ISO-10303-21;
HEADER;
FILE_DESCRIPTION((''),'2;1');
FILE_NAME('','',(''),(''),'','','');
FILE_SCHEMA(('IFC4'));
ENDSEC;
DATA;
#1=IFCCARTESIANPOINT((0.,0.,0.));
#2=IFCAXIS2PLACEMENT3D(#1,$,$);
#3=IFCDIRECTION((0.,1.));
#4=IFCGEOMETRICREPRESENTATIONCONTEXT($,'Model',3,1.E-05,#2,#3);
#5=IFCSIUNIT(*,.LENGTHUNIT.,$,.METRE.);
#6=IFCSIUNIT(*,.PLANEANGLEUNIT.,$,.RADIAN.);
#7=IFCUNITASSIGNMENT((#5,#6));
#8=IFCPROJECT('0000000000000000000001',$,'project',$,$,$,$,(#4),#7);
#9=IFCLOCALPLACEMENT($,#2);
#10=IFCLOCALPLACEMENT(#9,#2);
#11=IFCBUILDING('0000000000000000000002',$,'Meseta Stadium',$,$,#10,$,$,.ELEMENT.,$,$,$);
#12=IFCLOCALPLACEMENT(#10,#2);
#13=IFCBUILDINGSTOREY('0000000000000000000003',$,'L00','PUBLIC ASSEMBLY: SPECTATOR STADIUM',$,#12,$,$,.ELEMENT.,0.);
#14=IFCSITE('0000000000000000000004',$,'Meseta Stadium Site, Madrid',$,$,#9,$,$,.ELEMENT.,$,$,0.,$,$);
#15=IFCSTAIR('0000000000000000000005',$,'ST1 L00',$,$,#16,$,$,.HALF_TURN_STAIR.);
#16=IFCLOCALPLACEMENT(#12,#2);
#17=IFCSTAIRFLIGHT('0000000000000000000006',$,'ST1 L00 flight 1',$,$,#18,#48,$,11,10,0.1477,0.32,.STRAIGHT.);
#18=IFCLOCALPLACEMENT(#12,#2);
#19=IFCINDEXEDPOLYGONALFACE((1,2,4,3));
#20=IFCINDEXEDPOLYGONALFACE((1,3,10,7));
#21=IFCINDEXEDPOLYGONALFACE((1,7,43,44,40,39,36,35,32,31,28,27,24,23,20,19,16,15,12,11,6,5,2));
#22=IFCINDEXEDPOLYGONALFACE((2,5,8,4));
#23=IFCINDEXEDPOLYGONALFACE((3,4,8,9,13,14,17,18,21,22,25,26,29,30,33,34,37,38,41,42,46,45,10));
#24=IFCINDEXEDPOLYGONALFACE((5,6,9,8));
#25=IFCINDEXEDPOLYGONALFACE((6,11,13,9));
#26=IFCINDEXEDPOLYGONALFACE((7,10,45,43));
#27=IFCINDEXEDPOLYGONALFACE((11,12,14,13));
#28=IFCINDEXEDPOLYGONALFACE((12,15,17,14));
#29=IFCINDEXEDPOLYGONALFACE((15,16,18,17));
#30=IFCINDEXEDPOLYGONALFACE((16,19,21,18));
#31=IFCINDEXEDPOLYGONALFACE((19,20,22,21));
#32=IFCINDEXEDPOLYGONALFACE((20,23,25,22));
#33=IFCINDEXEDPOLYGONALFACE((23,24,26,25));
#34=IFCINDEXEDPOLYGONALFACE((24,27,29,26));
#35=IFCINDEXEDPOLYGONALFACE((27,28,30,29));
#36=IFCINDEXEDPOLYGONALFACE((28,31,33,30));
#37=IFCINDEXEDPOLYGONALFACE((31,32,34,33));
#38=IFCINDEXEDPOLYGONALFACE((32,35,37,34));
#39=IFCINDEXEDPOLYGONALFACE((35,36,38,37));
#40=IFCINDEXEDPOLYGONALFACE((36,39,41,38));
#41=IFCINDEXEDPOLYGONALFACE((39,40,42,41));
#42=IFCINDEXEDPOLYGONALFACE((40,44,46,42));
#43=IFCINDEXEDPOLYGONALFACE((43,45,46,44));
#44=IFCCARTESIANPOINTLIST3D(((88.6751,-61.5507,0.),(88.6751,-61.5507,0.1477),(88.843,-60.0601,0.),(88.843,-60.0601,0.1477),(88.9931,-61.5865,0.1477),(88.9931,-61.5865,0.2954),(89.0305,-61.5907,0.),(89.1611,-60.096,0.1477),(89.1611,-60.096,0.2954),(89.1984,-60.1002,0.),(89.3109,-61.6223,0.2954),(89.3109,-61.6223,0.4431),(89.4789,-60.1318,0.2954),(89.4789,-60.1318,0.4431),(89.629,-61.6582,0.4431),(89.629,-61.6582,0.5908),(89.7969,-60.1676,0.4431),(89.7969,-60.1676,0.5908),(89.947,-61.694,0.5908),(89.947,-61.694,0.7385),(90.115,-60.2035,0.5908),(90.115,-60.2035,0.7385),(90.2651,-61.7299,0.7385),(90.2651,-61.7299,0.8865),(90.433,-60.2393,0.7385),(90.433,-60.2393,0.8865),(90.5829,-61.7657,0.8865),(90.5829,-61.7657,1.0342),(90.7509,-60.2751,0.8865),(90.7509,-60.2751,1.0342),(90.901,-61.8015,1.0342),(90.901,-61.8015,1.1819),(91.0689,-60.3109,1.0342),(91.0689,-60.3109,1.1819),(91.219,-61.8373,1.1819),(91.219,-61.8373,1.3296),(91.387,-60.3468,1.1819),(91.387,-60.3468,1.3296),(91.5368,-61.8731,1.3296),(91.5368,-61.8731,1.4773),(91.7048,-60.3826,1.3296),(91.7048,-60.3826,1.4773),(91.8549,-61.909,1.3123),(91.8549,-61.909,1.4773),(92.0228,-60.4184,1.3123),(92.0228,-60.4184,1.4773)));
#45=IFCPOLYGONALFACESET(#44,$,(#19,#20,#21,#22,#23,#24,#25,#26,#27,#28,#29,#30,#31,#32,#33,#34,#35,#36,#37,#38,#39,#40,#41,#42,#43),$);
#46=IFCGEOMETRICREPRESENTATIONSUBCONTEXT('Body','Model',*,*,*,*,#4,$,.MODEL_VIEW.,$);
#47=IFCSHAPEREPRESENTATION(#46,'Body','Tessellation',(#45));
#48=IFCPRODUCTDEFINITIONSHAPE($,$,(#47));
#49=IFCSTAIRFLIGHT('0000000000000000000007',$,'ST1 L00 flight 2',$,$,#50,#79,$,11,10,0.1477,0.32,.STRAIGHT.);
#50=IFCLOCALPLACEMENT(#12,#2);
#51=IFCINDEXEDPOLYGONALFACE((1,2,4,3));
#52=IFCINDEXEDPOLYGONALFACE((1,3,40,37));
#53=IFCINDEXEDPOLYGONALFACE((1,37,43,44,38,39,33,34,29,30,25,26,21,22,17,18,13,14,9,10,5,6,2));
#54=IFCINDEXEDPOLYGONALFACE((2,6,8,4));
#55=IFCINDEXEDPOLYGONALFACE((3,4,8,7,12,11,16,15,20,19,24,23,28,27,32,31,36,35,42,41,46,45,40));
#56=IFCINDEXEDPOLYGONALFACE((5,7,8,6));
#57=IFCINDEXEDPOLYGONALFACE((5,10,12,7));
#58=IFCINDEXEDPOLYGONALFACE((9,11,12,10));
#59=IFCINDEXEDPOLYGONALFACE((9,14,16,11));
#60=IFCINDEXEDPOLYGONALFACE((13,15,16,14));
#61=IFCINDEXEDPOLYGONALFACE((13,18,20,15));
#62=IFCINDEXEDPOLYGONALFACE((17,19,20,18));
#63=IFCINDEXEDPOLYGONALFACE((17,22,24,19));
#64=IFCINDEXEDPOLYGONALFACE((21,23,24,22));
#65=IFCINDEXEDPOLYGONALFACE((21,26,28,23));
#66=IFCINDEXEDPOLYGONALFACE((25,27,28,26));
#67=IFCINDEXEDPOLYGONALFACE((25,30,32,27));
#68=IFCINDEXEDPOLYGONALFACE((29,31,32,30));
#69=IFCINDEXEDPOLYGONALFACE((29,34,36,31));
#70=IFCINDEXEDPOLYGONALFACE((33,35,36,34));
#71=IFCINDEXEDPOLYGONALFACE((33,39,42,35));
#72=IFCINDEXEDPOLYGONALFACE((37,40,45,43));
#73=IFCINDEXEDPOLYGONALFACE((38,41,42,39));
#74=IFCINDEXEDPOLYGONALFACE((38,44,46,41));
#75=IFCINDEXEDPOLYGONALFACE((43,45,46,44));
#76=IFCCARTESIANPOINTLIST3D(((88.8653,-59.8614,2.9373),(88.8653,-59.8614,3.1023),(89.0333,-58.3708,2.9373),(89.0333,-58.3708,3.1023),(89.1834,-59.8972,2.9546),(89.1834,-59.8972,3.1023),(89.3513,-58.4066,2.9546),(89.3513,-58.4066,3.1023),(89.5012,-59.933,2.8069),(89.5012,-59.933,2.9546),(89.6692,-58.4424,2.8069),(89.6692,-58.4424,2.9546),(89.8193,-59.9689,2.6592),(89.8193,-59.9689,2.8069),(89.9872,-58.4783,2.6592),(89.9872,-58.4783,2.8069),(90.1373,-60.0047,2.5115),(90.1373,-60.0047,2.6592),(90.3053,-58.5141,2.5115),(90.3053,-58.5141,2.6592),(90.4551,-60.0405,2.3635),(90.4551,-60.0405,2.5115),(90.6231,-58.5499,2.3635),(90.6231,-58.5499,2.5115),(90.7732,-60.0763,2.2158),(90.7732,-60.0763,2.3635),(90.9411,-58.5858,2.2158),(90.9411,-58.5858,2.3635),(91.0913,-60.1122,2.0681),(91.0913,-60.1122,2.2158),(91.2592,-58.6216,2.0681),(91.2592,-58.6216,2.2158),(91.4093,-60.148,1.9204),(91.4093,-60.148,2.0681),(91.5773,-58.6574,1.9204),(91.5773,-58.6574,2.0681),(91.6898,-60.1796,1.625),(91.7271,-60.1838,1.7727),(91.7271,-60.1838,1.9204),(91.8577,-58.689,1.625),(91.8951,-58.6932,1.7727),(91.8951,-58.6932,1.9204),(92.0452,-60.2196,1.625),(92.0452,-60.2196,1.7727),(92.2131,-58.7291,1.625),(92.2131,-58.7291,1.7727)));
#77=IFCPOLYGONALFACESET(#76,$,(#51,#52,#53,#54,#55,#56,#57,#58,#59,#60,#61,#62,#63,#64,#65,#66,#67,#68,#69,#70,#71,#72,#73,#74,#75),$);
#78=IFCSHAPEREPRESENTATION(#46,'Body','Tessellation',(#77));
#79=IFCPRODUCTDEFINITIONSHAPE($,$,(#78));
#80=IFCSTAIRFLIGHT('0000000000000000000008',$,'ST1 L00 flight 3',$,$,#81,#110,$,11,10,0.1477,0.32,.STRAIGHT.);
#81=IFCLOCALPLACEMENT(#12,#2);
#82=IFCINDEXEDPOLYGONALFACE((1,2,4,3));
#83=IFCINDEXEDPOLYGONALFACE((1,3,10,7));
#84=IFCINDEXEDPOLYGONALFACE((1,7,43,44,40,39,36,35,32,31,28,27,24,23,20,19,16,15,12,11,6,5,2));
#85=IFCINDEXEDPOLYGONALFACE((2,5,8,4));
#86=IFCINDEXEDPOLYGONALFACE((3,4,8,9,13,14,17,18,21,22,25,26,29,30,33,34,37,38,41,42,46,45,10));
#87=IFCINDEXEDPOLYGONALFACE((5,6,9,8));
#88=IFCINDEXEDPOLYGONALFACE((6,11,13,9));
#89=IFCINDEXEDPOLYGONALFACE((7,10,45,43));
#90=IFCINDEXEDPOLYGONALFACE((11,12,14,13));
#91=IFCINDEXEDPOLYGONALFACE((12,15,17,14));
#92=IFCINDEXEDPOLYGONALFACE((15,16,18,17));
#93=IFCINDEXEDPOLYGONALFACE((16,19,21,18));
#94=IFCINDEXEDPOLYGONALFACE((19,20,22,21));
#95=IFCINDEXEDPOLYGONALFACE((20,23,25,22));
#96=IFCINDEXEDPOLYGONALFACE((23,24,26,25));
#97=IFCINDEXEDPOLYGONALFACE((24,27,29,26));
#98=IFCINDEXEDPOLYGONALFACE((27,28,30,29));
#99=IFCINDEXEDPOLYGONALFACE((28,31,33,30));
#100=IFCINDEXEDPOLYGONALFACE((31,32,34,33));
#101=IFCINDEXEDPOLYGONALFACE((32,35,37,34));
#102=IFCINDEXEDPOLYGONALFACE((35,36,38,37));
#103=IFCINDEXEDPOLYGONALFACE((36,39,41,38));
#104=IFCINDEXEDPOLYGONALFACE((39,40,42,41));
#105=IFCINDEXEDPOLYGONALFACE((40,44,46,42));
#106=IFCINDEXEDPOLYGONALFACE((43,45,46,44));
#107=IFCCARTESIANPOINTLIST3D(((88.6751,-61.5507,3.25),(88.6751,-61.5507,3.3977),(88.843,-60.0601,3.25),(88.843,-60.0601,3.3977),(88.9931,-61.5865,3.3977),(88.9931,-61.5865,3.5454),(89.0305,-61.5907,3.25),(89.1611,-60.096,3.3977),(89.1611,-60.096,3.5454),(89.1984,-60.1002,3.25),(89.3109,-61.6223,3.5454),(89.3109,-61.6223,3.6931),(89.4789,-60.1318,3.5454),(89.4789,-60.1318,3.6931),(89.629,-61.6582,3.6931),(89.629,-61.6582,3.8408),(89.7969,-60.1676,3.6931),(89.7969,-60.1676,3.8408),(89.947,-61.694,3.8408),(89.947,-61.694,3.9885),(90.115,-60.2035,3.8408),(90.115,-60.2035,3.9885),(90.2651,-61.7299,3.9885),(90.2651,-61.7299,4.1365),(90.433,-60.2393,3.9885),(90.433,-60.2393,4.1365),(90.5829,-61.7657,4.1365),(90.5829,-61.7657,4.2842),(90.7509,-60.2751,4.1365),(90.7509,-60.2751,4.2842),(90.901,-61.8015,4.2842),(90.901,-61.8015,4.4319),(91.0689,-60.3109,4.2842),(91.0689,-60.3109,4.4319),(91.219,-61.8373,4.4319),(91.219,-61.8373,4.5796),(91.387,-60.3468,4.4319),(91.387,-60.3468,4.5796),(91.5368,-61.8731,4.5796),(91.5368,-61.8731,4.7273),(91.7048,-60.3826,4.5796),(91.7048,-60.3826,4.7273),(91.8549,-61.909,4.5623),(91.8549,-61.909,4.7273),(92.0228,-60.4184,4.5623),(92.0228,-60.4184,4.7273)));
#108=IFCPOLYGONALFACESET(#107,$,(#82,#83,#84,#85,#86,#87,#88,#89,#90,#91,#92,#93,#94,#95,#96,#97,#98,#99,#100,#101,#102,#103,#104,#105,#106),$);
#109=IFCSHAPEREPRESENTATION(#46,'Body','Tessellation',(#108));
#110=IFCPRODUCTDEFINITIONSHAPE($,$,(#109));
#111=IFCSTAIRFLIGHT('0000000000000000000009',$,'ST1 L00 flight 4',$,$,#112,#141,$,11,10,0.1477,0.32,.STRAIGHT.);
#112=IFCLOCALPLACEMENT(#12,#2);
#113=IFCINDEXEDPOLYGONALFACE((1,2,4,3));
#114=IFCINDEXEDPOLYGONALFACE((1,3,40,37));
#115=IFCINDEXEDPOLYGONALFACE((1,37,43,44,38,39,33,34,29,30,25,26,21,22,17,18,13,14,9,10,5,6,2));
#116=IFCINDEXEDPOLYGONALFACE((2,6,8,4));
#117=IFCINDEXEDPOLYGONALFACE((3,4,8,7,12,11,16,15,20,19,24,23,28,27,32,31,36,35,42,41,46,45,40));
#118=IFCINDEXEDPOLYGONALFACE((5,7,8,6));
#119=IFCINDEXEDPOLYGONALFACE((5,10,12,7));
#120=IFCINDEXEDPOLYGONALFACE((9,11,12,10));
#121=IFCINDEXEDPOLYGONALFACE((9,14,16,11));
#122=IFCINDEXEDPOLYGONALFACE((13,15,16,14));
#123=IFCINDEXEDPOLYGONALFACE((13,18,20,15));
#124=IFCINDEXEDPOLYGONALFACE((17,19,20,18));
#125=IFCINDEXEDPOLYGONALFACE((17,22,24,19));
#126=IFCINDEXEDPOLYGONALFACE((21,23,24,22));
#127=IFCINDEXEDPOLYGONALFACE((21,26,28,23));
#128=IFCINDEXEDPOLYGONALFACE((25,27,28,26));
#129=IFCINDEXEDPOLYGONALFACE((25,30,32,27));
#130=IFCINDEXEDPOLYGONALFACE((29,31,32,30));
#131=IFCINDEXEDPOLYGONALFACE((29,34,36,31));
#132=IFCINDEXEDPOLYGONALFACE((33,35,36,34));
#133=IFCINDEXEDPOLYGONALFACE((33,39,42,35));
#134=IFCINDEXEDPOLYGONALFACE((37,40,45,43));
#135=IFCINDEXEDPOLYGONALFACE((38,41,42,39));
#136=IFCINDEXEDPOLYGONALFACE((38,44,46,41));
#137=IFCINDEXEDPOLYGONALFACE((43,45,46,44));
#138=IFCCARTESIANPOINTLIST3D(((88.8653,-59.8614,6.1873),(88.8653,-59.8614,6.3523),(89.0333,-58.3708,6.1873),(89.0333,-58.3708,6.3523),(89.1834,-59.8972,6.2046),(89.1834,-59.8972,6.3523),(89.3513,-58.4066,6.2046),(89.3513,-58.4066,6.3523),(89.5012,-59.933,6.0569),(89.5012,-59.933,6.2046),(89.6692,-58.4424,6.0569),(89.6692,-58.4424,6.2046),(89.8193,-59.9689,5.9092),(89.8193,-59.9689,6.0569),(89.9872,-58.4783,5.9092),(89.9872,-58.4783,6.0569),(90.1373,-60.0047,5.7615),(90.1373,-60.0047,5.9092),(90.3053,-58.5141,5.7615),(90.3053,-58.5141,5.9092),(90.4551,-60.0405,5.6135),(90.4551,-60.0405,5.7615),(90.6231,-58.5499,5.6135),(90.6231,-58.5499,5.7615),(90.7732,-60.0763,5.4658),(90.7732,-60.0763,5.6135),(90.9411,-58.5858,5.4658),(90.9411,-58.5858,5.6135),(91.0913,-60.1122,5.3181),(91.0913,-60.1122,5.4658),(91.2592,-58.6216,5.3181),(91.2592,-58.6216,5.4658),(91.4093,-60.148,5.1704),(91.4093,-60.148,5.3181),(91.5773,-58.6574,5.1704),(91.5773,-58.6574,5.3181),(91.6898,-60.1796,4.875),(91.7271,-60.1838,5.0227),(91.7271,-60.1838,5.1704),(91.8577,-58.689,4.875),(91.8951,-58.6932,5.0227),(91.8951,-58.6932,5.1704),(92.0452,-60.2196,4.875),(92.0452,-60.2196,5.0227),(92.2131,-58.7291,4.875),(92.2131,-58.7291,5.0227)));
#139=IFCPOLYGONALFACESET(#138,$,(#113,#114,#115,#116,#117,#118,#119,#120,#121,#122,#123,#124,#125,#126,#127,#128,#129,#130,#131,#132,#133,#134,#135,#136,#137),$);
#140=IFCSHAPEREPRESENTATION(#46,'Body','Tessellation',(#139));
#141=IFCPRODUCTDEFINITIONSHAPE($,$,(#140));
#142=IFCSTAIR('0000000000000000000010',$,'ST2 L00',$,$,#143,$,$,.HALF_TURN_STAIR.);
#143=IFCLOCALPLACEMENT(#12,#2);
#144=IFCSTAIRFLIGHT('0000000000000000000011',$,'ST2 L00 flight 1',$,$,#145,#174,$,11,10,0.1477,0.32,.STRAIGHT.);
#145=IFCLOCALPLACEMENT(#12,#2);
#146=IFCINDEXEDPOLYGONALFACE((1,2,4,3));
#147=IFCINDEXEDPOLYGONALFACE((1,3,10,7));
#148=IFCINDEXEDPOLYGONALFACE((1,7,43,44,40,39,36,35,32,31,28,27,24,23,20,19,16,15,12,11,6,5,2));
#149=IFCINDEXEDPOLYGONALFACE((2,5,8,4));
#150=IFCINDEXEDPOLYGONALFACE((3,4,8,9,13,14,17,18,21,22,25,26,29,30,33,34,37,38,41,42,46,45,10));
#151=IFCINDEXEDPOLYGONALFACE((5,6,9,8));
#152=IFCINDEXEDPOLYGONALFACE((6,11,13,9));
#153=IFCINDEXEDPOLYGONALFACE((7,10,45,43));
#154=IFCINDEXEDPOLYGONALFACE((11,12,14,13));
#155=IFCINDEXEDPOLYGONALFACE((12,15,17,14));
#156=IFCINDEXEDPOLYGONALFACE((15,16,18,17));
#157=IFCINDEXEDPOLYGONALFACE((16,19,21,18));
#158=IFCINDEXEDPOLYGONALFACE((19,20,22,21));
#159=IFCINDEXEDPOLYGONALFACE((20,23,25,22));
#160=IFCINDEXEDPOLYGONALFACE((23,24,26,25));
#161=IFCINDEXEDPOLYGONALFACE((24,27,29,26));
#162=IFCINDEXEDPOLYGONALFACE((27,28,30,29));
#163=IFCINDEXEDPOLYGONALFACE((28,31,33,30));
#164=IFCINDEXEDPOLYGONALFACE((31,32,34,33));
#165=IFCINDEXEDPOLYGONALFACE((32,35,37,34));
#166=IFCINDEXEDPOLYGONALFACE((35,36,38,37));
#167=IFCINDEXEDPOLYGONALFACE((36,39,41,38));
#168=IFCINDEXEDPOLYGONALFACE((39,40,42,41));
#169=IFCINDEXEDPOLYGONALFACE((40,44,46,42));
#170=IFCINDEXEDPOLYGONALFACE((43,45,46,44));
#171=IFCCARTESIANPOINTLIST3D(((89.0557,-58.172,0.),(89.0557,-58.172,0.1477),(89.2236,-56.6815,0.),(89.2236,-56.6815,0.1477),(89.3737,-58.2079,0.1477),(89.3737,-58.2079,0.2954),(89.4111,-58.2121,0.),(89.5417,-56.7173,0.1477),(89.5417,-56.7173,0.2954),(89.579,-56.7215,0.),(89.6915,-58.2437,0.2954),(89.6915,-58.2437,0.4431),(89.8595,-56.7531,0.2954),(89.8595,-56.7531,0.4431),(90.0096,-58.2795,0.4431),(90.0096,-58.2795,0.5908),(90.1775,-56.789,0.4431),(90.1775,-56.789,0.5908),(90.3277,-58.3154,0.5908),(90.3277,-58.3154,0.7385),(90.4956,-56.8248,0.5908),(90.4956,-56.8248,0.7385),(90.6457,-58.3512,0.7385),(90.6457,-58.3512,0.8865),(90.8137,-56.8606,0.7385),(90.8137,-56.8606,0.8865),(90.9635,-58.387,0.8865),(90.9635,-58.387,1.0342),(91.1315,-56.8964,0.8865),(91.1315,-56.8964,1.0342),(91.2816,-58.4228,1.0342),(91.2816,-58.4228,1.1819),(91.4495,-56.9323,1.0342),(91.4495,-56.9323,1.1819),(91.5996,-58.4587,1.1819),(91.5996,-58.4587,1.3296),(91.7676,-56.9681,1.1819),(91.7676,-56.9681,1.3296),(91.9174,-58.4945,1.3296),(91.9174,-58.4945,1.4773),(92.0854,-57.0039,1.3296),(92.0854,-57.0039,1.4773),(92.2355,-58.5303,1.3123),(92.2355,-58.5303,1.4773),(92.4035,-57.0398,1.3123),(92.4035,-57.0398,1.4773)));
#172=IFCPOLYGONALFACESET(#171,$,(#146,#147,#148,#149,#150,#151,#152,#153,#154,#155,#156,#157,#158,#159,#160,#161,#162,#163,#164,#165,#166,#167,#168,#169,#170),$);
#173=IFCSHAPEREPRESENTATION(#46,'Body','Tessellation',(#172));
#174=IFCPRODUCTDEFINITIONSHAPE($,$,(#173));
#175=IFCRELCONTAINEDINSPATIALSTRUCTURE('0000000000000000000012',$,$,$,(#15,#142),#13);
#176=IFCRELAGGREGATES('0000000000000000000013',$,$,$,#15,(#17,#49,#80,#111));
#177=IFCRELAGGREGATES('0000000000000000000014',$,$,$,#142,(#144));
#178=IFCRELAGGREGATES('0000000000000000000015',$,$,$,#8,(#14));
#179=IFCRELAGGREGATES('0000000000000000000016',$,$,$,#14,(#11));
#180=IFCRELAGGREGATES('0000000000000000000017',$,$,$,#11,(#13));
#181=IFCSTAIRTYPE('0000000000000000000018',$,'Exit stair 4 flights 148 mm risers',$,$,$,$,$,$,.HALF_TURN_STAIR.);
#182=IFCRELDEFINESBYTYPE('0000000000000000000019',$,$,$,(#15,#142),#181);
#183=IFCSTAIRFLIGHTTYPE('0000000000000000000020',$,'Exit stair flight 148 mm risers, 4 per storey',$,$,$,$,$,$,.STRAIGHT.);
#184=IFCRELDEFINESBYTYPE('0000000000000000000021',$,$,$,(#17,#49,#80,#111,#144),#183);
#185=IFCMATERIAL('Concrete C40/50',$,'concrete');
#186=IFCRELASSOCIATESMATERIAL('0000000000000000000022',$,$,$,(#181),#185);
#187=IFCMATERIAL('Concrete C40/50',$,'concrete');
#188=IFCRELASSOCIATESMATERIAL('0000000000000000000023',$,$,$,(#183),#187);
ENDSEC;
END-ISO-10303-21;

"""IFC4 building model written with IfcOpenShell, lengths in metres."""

from ifc_helpers import new_model, si_unit, direction, frame, origin, place, context, subcontext, project, spatial, polyline, outline, extrude, material, type_object, element, aggregate, save


model = new_model("IFC4")

# Units and contexts
model_context = context("Model", 3, precision=1e-05, world=origin(), true_north=direction((0.0, 1.0)))
body_context = subcontext(model_context, "Body", "Model", "MODEL_VIEW")
ifc_project = project(units=[si_unit("LENGTHUNIT", "METRE"), si_unit("PLANEANGLEUNIT", "RADIAN")], contexts=[model_context])

# Site, building, storey
site_placement = place(None, origin())
site = spatial("IfcSite", under=ifc_project, at=site_placement, Name="Meseta Stadium Site, Madrid", CompositionType="ELEMENT", RefElevation=0.0)
building_placement = place(site_placement, origin())
building = spatial("IfcBuilding", under=site, at=building_placement, Name="Meseta Stadium", CompositionType="ELEMENT")
storey_placement = place(building_placement, origin())
storey = spatial("IfcBuildingStorey", under=building, at=storey_placement, Name="L00", Description="PUBLIC ASSEMBLY: SPECTATOR STADIUM", CompositionType="ELEMENT", Elevation=0.0)

# Stairs, stair flights
ifc_material_1 = material(Name="Concrete C40/50", Category="concrete")
stair_type = type_object("IfcStairType", Name="Exit stair 4 flights 148 mm risers", PredefinedType="HALF_TURN_STAIR", material=ifc_material_1)
stair_1_placement = place(storey_placement, origin())
stair_1 = element("IfcStair", 1, at=stair_1_placement, inside=storey, type_object=stair_type, Name="ST1 L00", PredefinedType="HALF_TURN_STAIR")
ifc_material_2 = material(Name="Concrete C40/50", Category="concrete")
stair_flight_type = type_object("IfcStairFlightType", Name="Exit stair flight 148 mm risers, 4 per storey", PredefinedType="STRAIGHT", material=ifc_material_2)
stair_flight_1_placement = place(storey_placement, frame((88.759, -60.8054, 0.0), z_axis=(0.0, 0.0, 1.0), x_axis=(0.993712, -0.111964, 0.0)))
stair_flight_1 = element("IfcStairFlight", 2, at=stair_flight_1_placement, type_object=stair_flight_type, Name="ST1 L00 flight 1", NumberOfRisers=11, NumberOfTreads=10, PredefinedType="STRAIGHT", RiserHeight=0.1477, TreadLength=0.32, context=body_context, shape_type="SweptSolid", body=[
    extrude(outline(polyline([(0.0, 0.0), (0.0, 0.1477), (0.3201, 0.1477), (0.3201, 0.2954), (0.6399, 0.2954), (0.6399, 0.4431), (0.96, 0.4431), (0.96, 0.5908), (1.28, 0.5908), (1.28, 0.7385), (1.6001, 0.7385), (1.6001, 0.8865), (1.9199, 0.8865), (1.9199, 1.0342), (2.24, 1.0342), (2.24, 1.1819), (2.5601, 1.1819), (2.5601, 1.3296), (2.8799, 1.3296), (2.8799, 1.4773), (3.2, 1.4773), (3.2, 1.3123), (0.3577, 0.0), (0.0, 0.0)])), frame((0.0, 0.75, 0.0), z_axis=(0.0, -1.0, 0.0), x_axis=(1.0, 0.0, 0.0)), (0.0, 0.0, 1.0), 1.5),
])
stair_flight_2_placement = place(storey_placement, frame((92.1292, -59.4744, 1.625), z_axis=(0.0, 0.0, 1.0), x_axis=(-0.993712, 0.111964, 0.0)))
stair_flight_2 = element("IfcStairFlight", 3, at=stair_flight_2_placement, type_object=stair_flight_type, Name="ST1 L00 flight 2", NumberOfRisers=11, NumberOfTreads=10, PredefinedType="STRAIGHT", RiserHeight=0.1477, TreadLength=0.32, context=body_context, shape_type="SweptSolid", body=[
    extrude(outline(polyline([(0.0, 0.0), (0.0, 0.1477), (0.3201, 0.1477), (0.3201, 0.2954), (0.6399, 0.2954), (0.6399, 0.4431), (0.96, 0.4431), (0.96, 0.5908), (1.28, 0.5908), (1.28, 0.7385), (1.6001, 0.7385), (1.6001, 0.8865), (1.9199, 0.8865), (1.9199, 1.0342), (2.24, 1.0342), (2.24, 1.1819), (2.5601, 1.1819), (2.5601, 1.3296), (2.8799, 1.3296), (2.8799, 1.4773), (3.2, 1.4773), (3.2, 1.3123), (0.3577, 0.0), (0.0, 0.0)])), frame((0.0, 0.75, 0.0), z_axis=(0.0, -1.0, 0.0), x_axis=(1.0, 0.0, 0.0)), (0.0, 0.0, 1.0), 1.5),
])
stair_flight_3_placement = place(storey_placement, frame((88.759, -60.8054, 3.25), z_axis=(0.0, 0.0, 1.0), x_axis=(0.993712, -0.111964, 0.0)))
stair_flight_3 = element("IfcStairFlight", 4, at=stair_flight_3_placement, type_object=stair_flight_type, Name="ST1 L00 flight 3", NumberOfRisers=11, NumberOfTreads=10, PredefinedType="STRAIGHT", RiserHeight=0.1477, TreadLength=0.32, context=body_context, shape_type="SweptSolid", body=[
    extrude(outline(polyline([(0.0, 0.0), (0.0, 0.1477), (0.3201, 0.1477), (0.3201, 0.2954), (0.6399, 0.2954), (0.6399, 0.4431), (0.96, 0.4431), (0.96, 0.5908), (1.28, 0.5908), (1.28, 0.7385), (1.6001, 0.7385), (1.6001, 0.8865), (1.9199, 0.8865), (1.9199, 1.0342), (2.24, 1.0342), (2.24, 1.1819), (2.5601, 1.1819), (2.5601, 1.3296), (2.8799, 1.3296), (2.8799, 1.4773), (3.2, 1.4773), (3.2, 1.3123), (0.3577, 0.0), (0.0, 0.0)])), frame((0.0, 0.75, 0.0), z_axis=(0.0, -1.0, 0.0), x_axis=(1.0, 0.0, 0.0)), (0.0, 0.0, 1.0), 1.5),
])
stair_flight_4_placement = place(storey_placement, frame((92.1292, -59.4744, 4.875), z_axis=(0.0, 0.0, 1.0), x_axis=(-0.993712, 0.111964, 0.0)))
stair_flight_4 = element("IfcStairFlight", 5, at=stair_flight_4_placement, type_object=stair_flight_type, Name="ST1 L00 flight 4", NumberOfRisers=11, NumberOfTreads=10, PredefinedType="STRAIGHT", RiserHeight=0.1477, TreadLength=0.32, context=body_context, shape_type="SweptSolid", body=[
    extrude(outline(polyline([(0.0, 0.0), (0.0, 0.1477), (0.3201, 0.1477), (0.3201, 0.2954), (0.6399, 0.2954), (0.6399, 0.4431), (0.96, 0.4431), (0.96, 0.5908), (1.28, 0.5908), (1.28, 0.7385), (1.6001, 0.7385), (1.6001, 0.8865), (1.9199, 0.8865), (1.9199, 1.0342), (2.24, 1.0342), (2.24, 1.1819), (2.5601, 1.1819), (2.5601, 1.3296), (2.8799, 1.3296), (2.8799, 1.4773), (3.2, 1.4773), (3.2, 1.3123), (0.3577, 0.0), (0.0, 0.0)])), frame((0.0, 0.75, 0.0), z_axis=(0.0, -1.0, 0.0), x_axis=(1.0, 0.0, 0.0)), (0.0, 0.0, 1.0), 1.5),
])
aggregate(stair_1, [stair_flight_1, stair_flight_2, stair_flight_3, stair_flight_4])
stair_2_placement = place(storey_placement, origin())
stair_2 = element("IfcStair", 6, at=stair_2_placement, inside=storey, type_object=stair_type, Name="ST2 L00", PredefinedType="HALF_TURN_STAIR")
stair_flight_5_placement = place(storey_placement, frame((89.1396, -57.4268, 0.0), z_axis=(0.0, 0.0, 1.0), x_axis=(0.993712, -0.111964, 0.0)))
stair_flight_5 = element("IfcStairFlight", 7, at=stair_flight_5_placement, type_object=stair_flight_type, Name="ST2 L00 flight 1", NumberOfRisers=11, NumberOfTreads=10, PredefinedType="STRAIGHT", RiserHeight=0.1477, TreadLength=0.32, context=body_context, shape_type="SweptSolid", body=[
    extrude(outline(polyline([(0.0, 0.0), (0.0, 0.1477), (0.3201, 0.1477), (0.3201, 0.2954), (0.6399, 0.2954), (0.6399, 0.4431), (0.96, 0.4431), (0.96, 0.5908), (1.28, 0.5908), (1.28, 0.7385), (1.6001, 0.7385), (1.6001, 0.8865), (1.9199, 0.8865), (1.9199, 1.0342), (2.24, 1.0342), (2.24, 1.1819), (2.5601, 1.1819), (2.5601, 1.3296), (2.8799, 1.3296), (2.8799, 1.4773), (3.2, 1.4773), (3.2, 1.3123), (0.3577, 0.0), (0.0, 0.0)])), frame((0.0, 0.75, 0.0), z_axis=(0.0, -1.0, 0.0), x_axis=(1.0, 0.0, 0.0)), (0.0, 0.0, 1.0), 1.5),
])
aggregate(stair_2, [stair_flight_5])

save(model, "model.ifc")
